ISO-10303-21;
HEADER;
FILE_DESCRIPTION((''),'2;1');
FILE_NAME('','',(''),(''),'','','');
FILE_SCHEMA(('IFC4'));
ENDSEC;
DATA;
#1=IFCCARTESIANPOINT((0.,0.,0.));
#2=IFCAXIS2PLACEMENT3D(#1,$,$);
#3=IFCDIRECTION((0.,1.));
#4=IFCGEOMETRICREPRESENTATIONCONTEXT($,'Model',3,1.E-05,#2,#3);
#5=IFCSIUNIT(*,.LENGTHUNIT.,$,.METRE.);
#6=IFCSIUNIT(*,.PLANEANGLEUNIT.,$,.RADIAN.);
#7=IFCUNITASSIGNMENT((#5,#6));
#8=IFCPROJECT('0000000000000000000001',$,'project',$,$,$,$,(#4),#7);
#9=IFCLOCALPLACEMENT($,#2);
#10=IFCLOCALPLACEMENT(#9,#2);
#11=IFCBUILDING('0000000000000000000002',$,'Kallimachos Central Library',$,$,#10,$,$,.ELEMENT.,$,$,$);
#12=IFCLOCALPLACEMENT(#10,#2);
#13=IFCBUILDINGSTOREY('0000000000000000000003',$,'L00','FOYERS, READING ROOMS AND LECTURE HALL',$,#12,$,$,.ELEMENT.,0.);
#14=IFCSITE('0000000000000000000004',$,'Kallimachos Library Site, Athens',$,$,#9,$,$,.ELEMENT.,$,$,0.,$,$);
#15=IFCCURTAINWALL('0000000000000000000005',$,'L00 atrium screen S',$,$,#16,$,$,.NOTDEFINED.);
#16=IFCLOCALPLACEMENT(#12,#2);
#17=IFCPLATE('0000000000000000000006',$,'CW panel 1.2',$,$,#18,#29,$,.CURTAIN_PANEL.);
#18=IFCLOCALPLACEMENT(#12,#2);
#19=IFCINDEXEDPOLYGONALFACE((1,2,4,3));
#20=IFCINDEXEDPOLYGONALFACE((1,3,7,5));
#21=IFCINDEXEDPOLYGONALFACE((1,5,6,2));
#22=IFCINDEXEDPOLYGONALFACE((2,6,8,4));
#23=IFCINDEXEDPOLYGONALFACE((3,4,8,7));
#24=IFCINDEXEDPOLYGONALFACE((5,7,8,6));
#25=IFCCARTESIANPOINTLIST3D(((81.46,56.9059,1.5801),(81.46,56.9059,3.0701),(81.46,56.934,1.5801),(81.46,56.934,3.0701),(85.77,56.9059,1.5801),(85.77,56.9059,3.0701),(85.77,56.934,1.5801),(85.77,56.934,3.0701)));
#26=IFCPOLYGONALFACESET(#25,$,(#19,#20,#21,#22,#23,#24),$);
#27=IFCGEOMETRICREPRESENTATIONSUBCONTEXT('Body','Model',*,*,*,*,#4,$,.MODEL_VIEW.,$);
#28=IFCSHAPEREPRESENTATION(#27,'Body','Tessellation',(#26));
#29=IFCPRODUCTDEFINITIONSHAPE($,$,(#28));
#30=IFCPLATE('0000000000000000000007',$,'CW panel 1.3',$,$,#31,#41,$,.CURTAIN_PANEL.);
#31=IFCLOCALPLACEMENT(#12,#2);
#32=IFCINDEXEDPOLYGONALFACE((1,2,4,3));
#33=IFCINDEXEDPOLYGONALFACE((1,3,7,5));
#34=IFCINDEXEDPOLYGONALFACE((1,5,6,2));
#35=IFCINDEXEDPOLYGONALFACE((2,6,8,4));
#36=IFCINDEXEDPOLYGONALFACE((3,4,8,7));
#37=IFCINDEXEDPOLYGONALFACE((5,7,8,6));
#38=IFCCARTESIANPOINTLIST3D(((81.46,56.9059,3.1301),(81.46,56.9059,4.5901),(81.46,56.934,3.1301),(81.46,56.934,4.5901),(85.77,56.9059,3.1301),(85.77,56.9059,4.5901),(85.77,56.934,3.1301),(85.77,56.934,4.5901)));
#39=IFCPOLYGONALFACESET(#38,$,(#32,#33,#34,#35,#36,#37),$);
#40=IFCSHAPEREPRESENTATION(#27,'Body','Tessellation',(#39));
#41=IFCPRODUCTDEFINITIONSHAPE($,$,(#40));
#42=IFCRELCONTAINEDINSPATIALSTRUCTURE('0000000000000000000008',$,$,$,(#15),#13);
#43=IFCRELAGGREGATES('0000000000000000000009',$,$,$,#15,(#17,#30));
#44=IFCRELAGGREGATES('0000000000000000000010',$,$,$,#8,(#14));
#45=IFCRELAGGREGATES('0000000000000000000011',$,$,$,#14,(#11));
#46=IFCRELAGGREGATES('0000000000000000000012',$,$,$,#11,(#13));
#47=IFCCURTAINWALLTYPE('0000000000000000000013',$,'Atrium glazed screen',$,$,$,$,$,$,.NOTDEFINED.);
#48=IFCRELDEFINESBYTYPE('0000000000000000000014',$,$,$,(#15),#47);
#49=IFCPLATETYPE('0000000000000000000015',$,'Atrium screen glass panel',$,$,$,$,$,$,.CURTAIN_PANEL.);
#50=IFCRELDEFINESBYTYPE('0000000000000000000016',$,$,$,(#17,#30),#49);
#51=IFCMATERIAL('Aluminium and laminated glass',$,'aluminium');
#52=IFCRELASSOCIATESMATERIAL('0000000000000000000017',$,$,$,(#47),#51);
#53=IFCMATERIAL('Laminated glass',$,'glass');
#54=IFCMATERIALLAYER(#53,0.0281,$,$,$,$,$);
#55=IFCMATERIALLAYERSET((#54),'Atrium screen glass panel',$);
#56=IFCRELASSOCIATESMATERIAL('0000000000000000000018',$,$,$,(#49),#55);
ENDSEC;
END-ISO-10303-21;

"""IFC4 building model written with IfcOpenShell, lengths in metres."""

from ifc_helpers import new_model, si_unit, direction, frame, origin, origin_2d, place, context, subcontext, project, spatial, rectangle, extrude, material, layer, layer_set, type_object, element, aggregate, save


model = new_model("IFC4")

# Units and contexts
model_context = context("Model", 3, precision=1e-05, world=origin(), true_north=direction((0.0, 1.0)))
body_context = subcontext(model_context, "Body", "Model", "MODEL_VIEW")
ifc_project = project(units=[si_unit("LENGTHUNIT", "METRE"), si_unit("PLANEANGLEUNIT", "RADIAN")], contexts=[model_context])

# Site, building, storey
site_placement = place(None, origin())
site = spatial("IfcSite", under=ifc_project, at=site_placement, Name="Kallimachos Library Site, Athens", CompositionType="ELEMENT", RefElevation=0.0)
building_placement = place(site_placement, origin())
building = spatial("IfcBuilding", under=site, at=building_placement, Name="Kallimachos Central Library", CompositionType="ELEMENT")
storey_placement = place(building_placement, origin())
storey = spatial("IfcBuildingStorey", under=building, at=storey_placement, Name="L00", Description="FOYERS, READING ROOMS AND LECTURE HALL", CompositionType="ELEMENT", Elevation=0.0)

# Curtain wall
ifc_material_1 = material(Name="Aluminium and laminated glass", Category="aluminium")
curtain_wall_type = type_object("IfcCurtainWallType", Name="Atrium glazed screen", PredefinedType="NOTDEFINED", material=ifc_material_1)
curtain_wall_placement = place(storey_placement, origin())
curtain_wall = element("IfcCurtainWall", 1, at=curtain_wall_placement, inside=storey, type_object=curtain_wall_type, Name="L00 atrium screen S", PredefinedType="NOTDEFINED")

# Plates
ifc_material_2 = material(Name="Laminated glass", Category="glass")
ifc_layer = layer(ifc_material_2, 0.0281)
ifc_layer_set = layer_set([ifc_layer], Name="Atrium screen glass panel")
plate_type = type_object("IfcPlateType", Name="Atrium screen glass panel", PredefinedType="CURTAIN_PANEL", material=ifc_layer_set)
plate_1_placement = place(storey_placement, frame((83.615, 56.9199, 1.5801), z_axis=(0.0, 0.0, 1.0), x_axis=(1.0, 0.0, 0.0)))
plate_1 = element("IfcPlate", 2, at=plate_1_placement, type_object=plate_type, Name="CW panel 1.2", PredefinedType="CURTAIN_PANEL", context=body_context, shape_type="SweptSolid", body=[
    extrude(rectangle(XDim=4.3101, YDim=0.0281, at=origin_2d()), origin(), (0.0, 0.0, 1.0), 1.49),
])
plate_2_placement = place(storey_placement, frame((83.615, 56.9199, 3.1301), z_axis=(0.0, 0.0, 1.0), x_axis=(1.0, 0.0, 0.0)))
plate_2 = element("IfcPlate", 3, at=plate_2_placement, type_object=plate_type, Name="CW panel 1.3", PredefinedType="CURTAIN_PANEL", context=body_context, shape_type="SweptSolid", body=[
    extrude(rectangle(XDim=4.3101, YDim=0.0281, at=origin_2d()), origin(), (0.0, 0.0, 1.0), 1.46),
])
aggregate(curtain_wall, [plate_1, plate_2])

save(model, "model.ifc")
